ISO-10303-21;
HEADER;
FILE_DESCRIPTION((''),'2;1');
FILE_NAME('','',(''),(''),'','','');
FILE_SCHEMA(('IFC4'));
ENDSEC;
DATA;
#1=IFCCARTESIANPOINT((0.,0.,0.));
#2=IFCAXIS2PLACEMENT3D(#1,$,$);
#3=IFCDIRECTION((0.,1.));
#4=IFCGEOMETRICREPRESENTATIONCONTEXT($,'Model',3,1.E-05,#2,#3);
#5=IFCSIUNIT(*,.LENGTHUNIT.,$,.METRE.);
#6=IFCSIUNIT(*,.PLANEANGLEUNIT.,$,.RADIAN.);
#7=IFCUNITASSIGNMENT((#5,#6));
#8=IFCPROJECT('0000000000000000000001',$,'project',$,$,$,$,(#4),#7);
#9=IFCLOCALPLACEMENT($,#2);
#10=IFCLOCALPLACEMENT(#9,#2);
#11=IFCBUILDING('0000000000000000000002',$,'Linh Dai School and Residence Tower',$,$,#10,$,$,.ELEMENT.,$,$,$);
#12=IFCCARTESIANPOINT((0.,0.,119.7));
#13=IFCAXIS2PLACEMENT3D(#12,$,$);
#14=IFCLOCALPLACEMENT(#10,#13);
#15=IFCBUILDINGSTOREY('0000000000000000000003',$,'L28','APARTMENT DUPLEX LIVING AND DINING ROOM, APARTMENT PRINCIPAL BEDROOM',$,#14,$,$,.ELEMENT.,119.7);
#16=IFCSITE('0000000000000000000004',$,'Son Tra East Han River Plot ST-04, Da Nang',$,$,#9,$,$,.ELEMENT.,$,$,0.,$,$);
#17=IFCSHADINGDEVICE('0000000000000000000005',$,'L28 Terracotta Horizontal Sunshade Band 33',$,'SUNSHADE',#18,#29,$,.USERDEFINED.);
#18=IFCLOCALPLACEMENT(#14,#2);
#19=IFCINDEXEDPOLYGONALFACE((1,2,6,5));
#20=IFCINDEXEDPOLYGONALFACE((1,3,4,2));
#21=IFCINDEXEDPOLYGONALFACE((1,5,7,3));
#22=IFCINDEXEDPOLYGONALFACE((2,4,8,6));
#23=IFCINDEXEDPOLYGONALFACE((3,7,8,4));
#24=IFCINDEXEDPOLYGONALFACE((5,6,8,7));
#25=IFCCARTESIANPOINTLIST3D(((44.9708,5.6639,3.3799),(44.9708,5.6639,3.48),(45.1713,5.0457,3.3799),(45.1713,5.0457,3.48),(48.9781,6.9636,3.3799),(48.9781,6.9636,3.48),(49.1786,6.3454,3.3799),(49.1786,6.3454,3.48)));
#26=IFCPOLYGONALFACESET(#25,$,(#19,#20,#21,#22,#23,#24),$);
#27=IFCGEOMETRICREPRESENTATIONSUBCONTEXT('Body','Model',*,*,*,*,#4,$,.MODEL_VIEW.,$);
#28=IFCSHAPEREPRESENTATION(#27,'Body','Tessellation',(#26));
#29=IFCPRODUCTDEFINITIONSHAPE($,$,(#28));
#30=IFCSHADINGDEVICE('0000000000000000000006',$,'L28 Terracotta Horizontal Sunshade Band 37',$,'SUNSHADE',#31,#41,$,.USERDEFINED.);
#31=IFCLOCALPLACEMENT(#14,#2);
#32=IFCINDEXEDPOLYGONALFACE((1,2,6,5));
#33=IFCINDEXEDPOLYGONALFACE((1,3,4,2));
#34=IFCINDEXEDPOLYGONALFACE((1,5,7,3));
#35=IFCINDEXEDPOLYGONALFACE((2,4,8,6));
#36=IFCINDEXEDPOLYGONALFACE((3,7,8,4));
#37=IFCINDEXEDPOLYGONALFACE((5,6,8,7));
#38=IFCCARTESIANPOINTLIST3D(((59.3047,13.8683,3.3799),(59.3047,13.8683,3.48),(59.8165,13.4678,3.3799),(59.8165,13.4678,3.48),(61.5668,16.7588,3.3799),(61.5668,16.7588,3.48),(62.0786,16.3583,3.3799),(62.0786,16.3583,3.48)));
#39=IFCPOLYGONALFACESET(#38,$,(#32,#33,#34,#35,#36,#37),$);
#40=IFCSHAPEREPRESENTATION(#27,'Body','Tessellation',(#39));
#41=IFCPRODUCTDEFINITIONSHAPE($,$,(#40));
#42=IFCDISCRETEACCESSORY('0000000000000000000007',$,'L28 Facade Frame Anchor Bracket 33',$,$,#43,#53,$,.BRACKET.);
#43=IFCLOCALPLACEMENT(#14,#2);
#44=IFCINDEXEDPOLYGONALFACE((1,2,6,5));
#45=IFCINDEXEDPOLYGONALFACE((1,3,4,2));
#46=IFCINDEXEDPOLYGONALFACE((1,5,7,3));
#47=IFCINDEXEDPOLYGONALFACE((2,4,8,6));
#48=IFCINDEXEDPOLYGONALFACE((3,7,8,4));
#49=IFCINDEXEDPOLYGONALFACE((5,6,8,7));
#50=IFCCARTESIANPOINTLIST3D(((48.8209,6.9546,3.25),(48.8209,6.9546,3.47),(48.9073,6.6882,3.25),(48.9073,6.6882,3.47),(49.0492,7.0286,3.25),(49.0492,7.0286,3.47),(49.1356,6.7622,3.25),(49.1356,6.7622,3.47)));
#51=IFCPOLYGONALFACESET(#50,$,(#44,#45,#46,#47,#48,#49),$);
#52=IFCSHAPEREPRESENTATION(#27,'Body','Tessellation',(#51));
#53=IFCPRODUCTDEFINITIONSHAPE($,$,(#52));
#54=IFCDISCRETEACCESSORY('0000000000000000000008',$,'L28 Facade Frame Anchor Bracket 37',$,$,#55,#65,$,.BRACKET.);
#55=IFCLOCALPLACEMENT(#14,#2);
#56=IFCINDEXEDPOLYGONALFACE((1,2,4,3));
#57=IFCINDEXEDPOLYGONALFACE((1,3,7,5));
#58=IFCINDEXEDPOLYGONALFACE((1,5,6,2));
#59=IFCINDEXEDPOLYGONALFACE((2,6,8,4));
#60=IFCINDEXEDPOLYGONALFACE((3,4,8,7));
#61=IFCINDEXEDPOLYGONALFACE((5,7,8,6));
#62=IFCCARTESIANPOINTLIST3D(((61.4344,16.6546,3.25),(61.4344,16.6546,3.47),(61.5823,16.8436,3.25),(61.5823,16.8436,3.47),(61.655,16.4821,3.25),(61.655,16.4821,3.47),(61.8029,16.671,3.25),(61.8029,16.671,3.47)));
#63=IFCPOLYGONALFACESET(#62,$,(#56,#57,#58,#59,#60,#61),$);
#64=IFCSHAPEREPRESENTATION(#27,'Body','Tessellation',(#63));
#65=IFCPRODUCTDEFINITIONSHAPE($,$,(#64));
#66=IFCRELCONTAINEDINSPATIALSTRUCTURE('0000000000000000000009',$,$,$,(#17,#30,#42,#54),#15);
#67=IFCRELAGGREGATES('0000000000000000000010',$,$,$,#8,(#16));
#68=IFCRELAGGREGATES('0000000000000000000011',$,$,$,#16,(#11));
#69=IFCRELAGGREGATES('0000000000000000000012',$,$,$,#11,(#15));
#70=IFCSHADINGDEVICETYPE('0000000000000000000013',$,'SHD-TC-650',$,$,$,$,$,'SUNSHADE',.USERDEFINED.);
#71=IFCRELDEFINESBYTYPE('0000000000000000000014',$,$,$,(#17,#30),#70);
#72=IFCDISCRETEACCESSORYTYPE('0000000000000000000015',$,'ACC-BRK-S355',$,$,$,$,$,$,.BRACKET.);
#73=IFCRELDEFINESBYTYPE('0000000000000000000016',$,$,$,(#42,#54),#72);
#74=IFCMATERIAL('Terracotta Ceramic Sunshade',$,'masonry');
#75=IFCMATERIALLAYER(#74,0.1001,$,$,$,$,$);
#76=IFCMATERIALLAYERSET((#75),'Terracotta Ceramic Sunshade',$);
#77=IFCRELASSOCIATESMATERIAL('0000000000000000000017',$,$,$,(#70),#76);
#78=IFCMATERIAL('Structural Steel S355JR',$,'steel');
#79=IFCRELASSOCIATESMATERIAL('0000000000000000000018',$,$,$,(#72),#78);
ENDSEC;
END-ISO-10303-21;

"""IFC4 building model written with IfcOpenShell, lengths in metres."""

from ifc_helpers import new_model, si_unit, direction, frame, origin, origin_2d, place, context, subcontext, project, spatial, rectangle, extrude, source, transform, mapped, material, layer, layer_set, type_object, element, save


model = new_model("IFC4")

# Units and contexts
model_context = context("Model", 3, precision=1e-05, world=origin(), true_north=direction((0.0, 1.0)))
body_context = subcontext(model_context, "Body", "Model", "MODEL_VIEW")
ifc_project = project(units=[si_unit("LENGTHUNIT", "METRE"), si_unit("PLANEANGLEUNIT", "RADIAN")], contexts=[model_context])

# Site, building, storey
site_placement = place(None, origin())
site = spatial("IfcSite", under=ifc_project, at=site_placement, Name="Son Tra East Han River Plot ST-04, Da Nang", CompositionType="ELEMENT", RefElevation=0.0)
building_placement = place(site_placement, origin())
building = spatial("IfcBuilding", under=site, at=building_placement, Name="Linh Dai School and Residence Tower", CompositionType="ELEMENT")
storey_placement = place(building_placement, frame((0.0, 0.0, 119.7)))
storey = spatial("IfcBuildingStorey", under=building, at=storey_placement, Name="L28", Description="APARTMENT DUPLEX LIVING AND DINING ROOM, APARTMENT PRINCIPAL BEDROOM", CompositionType="ELEMENT", Elevation=119.7)

# Shared definitions
ifc_material_1 = material(Name="Structural Steel S355JR", Category="steel")

# Shading devices
ifc_material_2 = material(Name="Terracotta Ceramic Sunshade", Category="masonry")
ifc_layer_1 = layer(ifc_material_2, 0.1001)
ifc_layer_set_1 = layer_set([ifc_layer_1], Name="Terracotta Ceramic Sunshade")
shading_device_type = type_object("IfcShadingDeviceType", Name="SHD-TC-650", ElementType="SUNSHADE", PredefinedType="USERDEFINED", material=ifc_layer_set_1)
shared_shape_1 = source(origin(), body_context, "Body", "SweptSolid", [
    extrude(rectangle(XDim=4.2129, YDim=0.6499, at=origin_2d()), origin(), (0.0, 0.0, 1.0), 0.1001),
])
shading_device_1_placement = place(storey_placement, frame((47.0747, 6.0046, 3.3799), z_axis=(0.0, 0.0, 1.0), x_axis=(-0.951217, -0.308522, 0.0)))
element("IfcShadingDevice", 1, at=shading_device_1_placement, inside=storey, type_object=shading_device_type, Name="L28 Terracotta Horizontal Sunshade Band 33", ObjectType="SUNSHADE", PredefinedType="USERDEFINED", context=body_context, shape_type="MappedRepresentation", body=[
    mapped(shared_shape_1, transform((0.0, 0.0, 0.0), x_axis=(1.0, 0.0, 0.0), y_axis=(0.0, 1.0, 0.0), z_axis=(0.0, 0.0, 1.0), scale=1.0)),
])
shared_shape_2 = source(origin(), body_context, "Body", "SweptSolid", [
    extrude(rectangle(XDim=3.6704, YDim=0.6499, at=origin_2d()), origin(), (0.0, 0.0, 1.0), 0.1001),
])
shading_device_2_placement = place(storey_placement, frame((60.6917, 15.1133, 3.3799), z_axis=(0.0, 0.0, 1.0), x_axis=(-0.616305, -0.787508, 0.0)))
element("IfcShadingDevice", 2, at=shading_device_2_placement, inside=storey, type_object=shading_device_type, Name="L28 Terracotta Horizontal Sunshade Band 37", ObjectType="SUNSHADE", PredefinedType="USERDEFINED", context=body_context, shape_type="MappedRepresentation", body=[
    mapped(shared_shape_2, transform((0.0, 0.0, 0.0), x_axis=(1.0, 0.0, 0.0), y_axis=(0.0, 1.0, 0.0), z_axis=(0.0, 0.0, 1.0), scale=1.0)),
])

# Discrete accessories
discrete_accessory_type = type_object("IfcDiscreteAccessoryType", Name="ACC-BRK-S355", PredefinedType="BRACKET", material=ifc_material_1)
shared_shape_3 = source(origin(), body_context, "Body", "SweptSolid", [
    extrude(rectangle(XDim=0.28, YDim=0.24, at=origin_2d()), origin(), (0.0, 0.0, 1.0), 0.22),
])
for number, where, z_axis, x_axis, name in (
    (3, (48.9783, 6.8584, 3.25), (0.0, 0.0, 1.0), (0.308522, -0.951217, 0.0), "L28 Facade Frame Anchor Bracket 33"),
    (4, (61.6187, 16.6628, 3.25), (0.0, 0.0, 1.0), (0.787508, -0.616305, 0.0), "L28 Facade Frame Anchor Bracket 37"),
):
    element("IfcDiscreteAccessory", number, at=place(storey_placement, frame(where, z_axis=z_axis, x_axis=x_axis)), inside=storey, type_object=discrete_accessory_type, Name=name, PredefinedType="BRACKET", context=body_context, shape_type="MappedRepresentation", body=[
        mapped(shared_shape_3, transform((0.0, 0.0, 0.0), x_axis=(1.0, 0.0, 0.0), y_axis=(0.0, 1.0, 0.0), z_axis=(0.0, 0.0, 1.0), scale=1.0)),
    ])

save(model, "model.ifc")
